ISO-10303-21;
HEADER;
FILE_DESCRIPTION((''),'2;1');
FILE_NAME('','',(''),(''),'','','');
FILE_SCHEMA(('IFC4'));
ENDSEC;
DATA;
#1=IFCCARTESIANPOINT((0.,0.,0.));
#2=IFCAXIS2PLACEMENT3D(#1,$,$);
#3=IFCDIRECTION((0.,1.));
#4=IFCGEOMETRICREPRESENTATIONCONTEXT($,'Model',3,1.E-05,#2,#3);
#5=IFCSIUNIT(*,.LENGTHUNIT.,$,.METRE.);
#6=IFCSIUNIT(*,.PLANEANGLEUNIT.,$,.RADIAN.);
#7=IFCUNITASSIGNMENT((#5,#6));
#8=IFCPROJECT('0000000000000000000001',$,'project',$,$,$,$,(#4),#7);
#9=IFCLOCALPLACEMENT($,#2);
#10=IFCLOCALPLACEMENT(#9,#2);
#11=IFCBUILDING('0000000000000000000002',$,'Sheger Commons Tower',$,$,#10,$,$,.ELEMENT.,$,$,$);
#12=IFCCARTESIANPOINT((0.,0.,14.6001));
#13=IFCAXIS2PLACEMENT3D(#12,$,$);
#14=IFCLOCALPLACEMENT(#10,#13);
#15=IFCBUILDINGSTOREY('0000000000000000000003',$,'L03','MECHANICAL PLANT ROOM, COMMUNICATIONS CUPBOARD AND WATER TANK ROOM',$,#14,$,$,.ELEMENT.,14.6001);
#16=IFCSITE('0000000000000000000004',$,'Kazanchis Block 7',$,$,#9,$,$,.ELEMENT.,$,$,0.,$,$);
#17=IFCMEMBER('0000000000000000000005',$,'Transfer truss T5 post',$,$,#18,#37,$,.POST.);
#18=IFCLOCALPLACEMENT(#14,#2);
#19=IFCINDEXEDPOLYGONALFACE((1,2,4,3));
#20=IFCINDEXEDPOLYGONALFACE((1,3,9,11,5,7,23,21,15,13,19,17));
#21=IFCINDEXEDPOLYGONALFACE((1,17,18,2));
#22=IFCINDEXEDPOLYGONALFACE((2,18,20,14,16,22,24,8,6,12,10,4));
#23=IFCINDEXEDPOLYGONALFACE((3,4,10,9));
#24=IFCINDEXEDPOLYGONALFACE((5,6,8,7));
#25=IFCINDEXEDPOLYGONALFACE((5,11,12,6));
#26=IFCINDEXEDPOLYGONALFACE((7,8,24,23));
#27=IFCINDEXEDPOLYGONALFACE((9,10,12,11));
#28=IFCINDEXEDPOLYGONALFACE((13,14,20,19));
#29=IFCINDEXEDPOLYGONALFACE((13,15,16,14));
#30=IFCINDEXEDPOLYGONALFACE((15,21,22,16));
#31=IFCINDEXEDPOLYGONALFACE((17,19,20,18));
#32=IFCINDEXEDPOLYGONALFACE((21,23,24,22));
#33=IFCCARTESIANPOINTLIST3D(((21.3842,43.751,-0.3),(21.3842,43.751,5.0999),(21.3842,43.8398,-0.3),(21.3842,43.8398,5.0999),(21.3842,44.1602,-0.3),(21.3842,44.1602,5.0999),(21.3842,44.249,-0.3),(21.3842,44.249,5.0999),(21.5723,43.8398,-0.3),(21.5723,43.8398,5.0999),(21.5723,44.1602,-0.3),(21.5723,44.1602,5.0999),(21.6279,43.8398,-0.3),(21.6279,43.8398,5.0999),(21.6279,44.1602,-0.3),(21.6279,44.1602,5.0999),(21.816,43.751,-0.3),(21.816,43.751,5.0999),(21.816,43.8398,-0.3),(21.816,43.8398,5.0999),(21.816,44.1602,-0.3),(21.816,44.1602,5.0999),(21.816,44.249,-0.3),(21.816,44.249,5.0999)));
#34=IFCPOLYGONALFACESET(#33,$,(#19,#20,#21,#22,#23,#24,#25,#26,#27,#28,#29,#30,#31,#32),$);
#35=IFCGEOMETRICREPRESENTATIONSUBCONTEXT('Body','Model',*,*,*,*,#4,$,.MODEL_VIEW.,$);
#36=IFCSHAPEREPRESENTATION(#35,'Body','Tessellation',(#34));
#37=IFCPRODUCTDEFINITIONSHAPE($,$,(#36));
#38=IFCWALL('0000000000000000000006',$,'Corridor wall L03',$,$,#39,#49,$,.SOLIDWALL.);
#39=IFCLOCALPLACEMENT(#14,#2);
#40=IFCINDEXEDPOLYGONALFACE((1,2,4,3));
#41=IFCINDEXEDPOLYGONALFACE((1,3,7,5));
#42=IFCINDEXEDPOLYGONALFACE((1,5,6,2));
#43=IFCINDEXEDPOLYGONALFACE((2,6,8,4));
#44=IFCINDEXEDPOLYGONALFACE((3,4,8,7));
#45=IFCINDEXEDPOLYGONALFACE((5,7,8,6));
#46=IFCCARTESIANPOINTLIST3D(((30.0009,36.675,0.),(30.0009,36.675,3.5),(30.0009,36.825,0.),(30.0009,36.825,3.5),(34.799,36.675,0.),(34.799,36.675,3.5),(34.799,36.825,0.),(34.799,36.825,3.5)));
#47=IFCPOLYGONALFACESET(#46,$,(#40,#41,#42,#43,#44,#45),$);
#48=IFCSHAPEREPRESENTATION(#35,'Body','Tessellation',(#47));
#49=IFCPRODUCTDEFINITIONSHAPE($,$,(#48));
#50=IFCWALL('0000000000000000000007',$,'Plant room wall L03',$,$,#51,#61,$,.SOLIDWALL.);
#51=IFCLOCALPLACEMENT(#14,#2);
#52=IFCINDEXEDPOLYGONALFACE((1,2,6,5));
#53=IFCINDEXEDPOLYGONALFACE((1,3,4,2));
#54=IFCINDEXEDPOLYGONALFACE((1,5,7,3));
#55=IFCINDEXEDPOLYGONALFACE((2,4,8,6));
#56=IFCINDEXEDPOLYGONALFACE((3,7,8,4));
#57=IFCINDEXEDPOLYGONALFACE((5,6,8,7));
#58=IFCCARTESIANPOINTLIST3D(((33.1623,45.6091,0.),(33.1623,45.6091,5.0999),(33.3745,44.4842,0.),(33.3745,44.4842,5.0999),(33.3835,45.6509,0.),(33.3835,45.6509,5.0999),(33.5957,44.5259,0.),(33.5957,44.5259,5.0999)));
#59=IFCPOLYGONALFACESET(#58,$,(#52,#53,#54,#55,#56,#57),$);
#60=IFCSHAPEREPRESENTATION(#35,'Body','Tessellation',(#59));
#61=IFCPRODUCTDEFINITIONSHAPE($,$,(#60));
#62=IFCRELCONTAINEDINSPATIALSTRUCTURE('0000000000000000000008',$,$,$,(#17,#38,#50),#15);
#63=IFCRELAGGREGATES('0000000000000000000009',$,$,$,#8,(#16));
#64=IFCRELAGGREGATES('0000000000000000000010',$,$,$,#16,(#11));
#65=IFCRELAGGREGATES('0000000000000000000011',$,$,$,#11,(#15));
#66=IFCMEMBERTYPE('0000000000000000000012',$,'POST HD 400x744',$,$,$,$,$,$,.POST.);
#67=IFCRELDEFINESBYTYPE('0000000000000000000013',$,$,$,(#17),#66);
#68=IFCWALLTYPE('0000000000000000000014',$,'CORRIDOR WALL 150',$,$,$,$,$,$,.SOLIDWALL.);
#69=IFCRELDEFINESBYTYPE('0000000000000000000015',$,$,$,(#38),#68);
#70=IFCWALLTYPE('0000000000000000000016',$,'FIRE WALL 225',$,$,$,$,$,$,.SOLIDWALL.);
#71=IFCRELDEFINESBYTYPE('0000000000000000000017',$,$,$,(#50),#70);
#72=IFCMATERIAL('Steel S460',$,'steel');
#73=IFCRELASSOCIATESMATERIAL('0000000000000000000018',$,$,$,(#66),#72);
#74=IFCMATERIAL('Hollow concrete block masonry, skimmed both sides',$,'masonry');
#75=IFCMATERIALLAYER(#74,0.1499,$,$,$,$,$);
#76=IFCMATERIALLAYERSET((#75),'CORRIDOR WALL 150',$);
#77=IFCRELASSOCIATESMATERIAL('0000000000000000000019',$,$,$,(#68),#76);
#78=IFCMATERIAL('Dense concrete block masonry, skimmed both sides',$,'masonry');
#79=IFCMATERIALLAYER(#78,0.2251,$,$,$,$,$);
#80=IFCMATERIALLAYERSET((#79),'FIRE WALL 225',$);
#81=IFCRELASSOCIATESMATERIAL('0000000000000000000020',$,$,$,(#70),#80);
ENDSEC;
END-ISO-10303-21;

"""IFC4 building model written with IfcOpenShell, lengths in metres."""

from ifc_helpers import new_model, si_unit, direction, frame, frame_2d, origin, origin_2d, place, context, subcontext, project, spatial, rectangle, i_section, extrude, material, layer, layer_set, material_profile, profile_set, type_object, element, save


model = new_model("IFC4")

# Units and contexts
model_context = context("Model", 3, precision=1e-05, world=origin(), true_north=direction((0.0, 1.0)))
body_context = subcontext(model_context, "Body", "Model", "MODEL_VIEW")
ifc_project = project(units=[si_unit("LENGTHUNIT", "METRE"), si_unit("PLANEANGLEUNIT", "RADIAN")], contexts=[model_context])

# Site, building, storey
site_placement = place(None, origin())
site = spatial("IfcSite", under=ifc_project, at=site_placement, Name="Kazanchis Block 7", CompositionType="ELEMENT", RefElevation=0.0)
building_placement = place(site_placement, origin())
building = spatial("IfcBuilding", under=site, at=building_placement, Name="Sheger Commons Tower", CompositionType="ELEMENT")
storey_placement = place(building_placement, frame((0.0, 0.0, 14.6001)))
storey = spatial("IfcBuildingStorey", under=building, at=storey_placement, Name="L03", Description="MECHANICAL PLANT ROOM, COMMUNICATIONS CUPBOARD AND WATER TANK ROOM", CompositionType="ELEMENT", Elevation=14.6001)

# Member
ifc_material_1 = material(Name="Steel S460", Category="steel")
ifc_material_profile_1 = material_profile(ifc_material_1, i_section(OverallWidth=0.4319, OverallDepth=0.498, WebThickness=0.0557, FlangeThickness=0.0889, at=origin_2d()), Name="HD 400x744")
ifc_profile_set_1 = profile_set([ifc_material_profile_1], Name="Steel S460")
member_type_1 = type_object("IfcMemberType", Name="POST HD 400x744", PredefinedType="POST", material=ifc_profile_set_1)
member_placement = place(storey_placement, frame((21.6001, 44.0, -0.3), z_axis=(0.0, 0.0, 1.0), x_axis=(1.0, 0.0, 0.0)))
element("IfcMember", 1, at=member_placement, inside=storey, type_object=member_type_1, Name="Transfer truss T5 post", PredefinedType="POST", context=body_context, shape_type="SweptSolid", body=[
    extrude(i_section(OverallWidth=0.4319, OverallDepth=0.498, WebThickness=0.0557, FlangeThickness=0.0889, at=origin_2d()), origin(), (0.0, 0.0, 1.0), 5.3999),
])

# Shared definitions
ifc_material_2 = material(Name="Hollow concrete block masonry, skimmed both sides", Category="masonry")
ifc_layer_1 = layer(ifc_material_2, 0.1499)
ifc_layer_set_1 = layer_set([ifc_layer_1], Name="CORRIDOR WALL 150")
wall_type_1 = type_object("IfcWallType", Name="CORRIDOR WALL 150", PredefinedType="SOLIDWALL", material=ifc_layer_set_1)

# Walls
wall_1_placement = place(storey_placement, frame((30.001, 36.75, 0.0), z_axis=(0.0, 0.0, 1.0), x_axis=(1.0, 0.0, 0.0)))
element("IfcWall", 2, at=wall_1_placement, inside=storey, type_object=wall_type_1, Name="Corridor wall L03", PredefinedType="SOLIDWALL", context=body_context, shape_type="SweptSolid", body=[
    extrude(rectangle(XDim=4.7981, YDim=0.1499, at=frame_2d((2.3989, 0.0))), origin(), (0.0, 0.0, 1.0), 3.5),
])
ifc_material_3 = material(Name="Dense concrete block masonry, skimmed both sides", Category="masonry")
ifc_layer_2 = layer(ifc_material_3, 0.2251)
ifc_layer_set_2 = layer_set([ifc_layer_2], Name="FIRE WALL 225")
wall_type_2 = type_object("IfcWallType", Name="FIRE WALL 225", PredefinedType="SOLIDWALL", material=ifc_layer_set_2)
wall_2_placement = place(storey_placement, frame((33.2729, 45.6299, 0.0), z_axis=(0.0, 0.0, 1.0), x_axis=(0.185318, -0.982679, 0.0)))
element("IfcWall", 3, at=wall_2_placement, inside=storey, type_object=wall_type_2, Name="Plant room wall L03", PredefinedType="SOLIDWALL", context=body_context, shape_type="SweptSolid", body=[
    extrude(rectangle(XDim=1.1448, YDim=0.2251, at=frame_2d((0.5723, 0.0))), origin(), (0.0, 0.0, 1.0), 5.0999),
])

save(model, "model.ifc")
